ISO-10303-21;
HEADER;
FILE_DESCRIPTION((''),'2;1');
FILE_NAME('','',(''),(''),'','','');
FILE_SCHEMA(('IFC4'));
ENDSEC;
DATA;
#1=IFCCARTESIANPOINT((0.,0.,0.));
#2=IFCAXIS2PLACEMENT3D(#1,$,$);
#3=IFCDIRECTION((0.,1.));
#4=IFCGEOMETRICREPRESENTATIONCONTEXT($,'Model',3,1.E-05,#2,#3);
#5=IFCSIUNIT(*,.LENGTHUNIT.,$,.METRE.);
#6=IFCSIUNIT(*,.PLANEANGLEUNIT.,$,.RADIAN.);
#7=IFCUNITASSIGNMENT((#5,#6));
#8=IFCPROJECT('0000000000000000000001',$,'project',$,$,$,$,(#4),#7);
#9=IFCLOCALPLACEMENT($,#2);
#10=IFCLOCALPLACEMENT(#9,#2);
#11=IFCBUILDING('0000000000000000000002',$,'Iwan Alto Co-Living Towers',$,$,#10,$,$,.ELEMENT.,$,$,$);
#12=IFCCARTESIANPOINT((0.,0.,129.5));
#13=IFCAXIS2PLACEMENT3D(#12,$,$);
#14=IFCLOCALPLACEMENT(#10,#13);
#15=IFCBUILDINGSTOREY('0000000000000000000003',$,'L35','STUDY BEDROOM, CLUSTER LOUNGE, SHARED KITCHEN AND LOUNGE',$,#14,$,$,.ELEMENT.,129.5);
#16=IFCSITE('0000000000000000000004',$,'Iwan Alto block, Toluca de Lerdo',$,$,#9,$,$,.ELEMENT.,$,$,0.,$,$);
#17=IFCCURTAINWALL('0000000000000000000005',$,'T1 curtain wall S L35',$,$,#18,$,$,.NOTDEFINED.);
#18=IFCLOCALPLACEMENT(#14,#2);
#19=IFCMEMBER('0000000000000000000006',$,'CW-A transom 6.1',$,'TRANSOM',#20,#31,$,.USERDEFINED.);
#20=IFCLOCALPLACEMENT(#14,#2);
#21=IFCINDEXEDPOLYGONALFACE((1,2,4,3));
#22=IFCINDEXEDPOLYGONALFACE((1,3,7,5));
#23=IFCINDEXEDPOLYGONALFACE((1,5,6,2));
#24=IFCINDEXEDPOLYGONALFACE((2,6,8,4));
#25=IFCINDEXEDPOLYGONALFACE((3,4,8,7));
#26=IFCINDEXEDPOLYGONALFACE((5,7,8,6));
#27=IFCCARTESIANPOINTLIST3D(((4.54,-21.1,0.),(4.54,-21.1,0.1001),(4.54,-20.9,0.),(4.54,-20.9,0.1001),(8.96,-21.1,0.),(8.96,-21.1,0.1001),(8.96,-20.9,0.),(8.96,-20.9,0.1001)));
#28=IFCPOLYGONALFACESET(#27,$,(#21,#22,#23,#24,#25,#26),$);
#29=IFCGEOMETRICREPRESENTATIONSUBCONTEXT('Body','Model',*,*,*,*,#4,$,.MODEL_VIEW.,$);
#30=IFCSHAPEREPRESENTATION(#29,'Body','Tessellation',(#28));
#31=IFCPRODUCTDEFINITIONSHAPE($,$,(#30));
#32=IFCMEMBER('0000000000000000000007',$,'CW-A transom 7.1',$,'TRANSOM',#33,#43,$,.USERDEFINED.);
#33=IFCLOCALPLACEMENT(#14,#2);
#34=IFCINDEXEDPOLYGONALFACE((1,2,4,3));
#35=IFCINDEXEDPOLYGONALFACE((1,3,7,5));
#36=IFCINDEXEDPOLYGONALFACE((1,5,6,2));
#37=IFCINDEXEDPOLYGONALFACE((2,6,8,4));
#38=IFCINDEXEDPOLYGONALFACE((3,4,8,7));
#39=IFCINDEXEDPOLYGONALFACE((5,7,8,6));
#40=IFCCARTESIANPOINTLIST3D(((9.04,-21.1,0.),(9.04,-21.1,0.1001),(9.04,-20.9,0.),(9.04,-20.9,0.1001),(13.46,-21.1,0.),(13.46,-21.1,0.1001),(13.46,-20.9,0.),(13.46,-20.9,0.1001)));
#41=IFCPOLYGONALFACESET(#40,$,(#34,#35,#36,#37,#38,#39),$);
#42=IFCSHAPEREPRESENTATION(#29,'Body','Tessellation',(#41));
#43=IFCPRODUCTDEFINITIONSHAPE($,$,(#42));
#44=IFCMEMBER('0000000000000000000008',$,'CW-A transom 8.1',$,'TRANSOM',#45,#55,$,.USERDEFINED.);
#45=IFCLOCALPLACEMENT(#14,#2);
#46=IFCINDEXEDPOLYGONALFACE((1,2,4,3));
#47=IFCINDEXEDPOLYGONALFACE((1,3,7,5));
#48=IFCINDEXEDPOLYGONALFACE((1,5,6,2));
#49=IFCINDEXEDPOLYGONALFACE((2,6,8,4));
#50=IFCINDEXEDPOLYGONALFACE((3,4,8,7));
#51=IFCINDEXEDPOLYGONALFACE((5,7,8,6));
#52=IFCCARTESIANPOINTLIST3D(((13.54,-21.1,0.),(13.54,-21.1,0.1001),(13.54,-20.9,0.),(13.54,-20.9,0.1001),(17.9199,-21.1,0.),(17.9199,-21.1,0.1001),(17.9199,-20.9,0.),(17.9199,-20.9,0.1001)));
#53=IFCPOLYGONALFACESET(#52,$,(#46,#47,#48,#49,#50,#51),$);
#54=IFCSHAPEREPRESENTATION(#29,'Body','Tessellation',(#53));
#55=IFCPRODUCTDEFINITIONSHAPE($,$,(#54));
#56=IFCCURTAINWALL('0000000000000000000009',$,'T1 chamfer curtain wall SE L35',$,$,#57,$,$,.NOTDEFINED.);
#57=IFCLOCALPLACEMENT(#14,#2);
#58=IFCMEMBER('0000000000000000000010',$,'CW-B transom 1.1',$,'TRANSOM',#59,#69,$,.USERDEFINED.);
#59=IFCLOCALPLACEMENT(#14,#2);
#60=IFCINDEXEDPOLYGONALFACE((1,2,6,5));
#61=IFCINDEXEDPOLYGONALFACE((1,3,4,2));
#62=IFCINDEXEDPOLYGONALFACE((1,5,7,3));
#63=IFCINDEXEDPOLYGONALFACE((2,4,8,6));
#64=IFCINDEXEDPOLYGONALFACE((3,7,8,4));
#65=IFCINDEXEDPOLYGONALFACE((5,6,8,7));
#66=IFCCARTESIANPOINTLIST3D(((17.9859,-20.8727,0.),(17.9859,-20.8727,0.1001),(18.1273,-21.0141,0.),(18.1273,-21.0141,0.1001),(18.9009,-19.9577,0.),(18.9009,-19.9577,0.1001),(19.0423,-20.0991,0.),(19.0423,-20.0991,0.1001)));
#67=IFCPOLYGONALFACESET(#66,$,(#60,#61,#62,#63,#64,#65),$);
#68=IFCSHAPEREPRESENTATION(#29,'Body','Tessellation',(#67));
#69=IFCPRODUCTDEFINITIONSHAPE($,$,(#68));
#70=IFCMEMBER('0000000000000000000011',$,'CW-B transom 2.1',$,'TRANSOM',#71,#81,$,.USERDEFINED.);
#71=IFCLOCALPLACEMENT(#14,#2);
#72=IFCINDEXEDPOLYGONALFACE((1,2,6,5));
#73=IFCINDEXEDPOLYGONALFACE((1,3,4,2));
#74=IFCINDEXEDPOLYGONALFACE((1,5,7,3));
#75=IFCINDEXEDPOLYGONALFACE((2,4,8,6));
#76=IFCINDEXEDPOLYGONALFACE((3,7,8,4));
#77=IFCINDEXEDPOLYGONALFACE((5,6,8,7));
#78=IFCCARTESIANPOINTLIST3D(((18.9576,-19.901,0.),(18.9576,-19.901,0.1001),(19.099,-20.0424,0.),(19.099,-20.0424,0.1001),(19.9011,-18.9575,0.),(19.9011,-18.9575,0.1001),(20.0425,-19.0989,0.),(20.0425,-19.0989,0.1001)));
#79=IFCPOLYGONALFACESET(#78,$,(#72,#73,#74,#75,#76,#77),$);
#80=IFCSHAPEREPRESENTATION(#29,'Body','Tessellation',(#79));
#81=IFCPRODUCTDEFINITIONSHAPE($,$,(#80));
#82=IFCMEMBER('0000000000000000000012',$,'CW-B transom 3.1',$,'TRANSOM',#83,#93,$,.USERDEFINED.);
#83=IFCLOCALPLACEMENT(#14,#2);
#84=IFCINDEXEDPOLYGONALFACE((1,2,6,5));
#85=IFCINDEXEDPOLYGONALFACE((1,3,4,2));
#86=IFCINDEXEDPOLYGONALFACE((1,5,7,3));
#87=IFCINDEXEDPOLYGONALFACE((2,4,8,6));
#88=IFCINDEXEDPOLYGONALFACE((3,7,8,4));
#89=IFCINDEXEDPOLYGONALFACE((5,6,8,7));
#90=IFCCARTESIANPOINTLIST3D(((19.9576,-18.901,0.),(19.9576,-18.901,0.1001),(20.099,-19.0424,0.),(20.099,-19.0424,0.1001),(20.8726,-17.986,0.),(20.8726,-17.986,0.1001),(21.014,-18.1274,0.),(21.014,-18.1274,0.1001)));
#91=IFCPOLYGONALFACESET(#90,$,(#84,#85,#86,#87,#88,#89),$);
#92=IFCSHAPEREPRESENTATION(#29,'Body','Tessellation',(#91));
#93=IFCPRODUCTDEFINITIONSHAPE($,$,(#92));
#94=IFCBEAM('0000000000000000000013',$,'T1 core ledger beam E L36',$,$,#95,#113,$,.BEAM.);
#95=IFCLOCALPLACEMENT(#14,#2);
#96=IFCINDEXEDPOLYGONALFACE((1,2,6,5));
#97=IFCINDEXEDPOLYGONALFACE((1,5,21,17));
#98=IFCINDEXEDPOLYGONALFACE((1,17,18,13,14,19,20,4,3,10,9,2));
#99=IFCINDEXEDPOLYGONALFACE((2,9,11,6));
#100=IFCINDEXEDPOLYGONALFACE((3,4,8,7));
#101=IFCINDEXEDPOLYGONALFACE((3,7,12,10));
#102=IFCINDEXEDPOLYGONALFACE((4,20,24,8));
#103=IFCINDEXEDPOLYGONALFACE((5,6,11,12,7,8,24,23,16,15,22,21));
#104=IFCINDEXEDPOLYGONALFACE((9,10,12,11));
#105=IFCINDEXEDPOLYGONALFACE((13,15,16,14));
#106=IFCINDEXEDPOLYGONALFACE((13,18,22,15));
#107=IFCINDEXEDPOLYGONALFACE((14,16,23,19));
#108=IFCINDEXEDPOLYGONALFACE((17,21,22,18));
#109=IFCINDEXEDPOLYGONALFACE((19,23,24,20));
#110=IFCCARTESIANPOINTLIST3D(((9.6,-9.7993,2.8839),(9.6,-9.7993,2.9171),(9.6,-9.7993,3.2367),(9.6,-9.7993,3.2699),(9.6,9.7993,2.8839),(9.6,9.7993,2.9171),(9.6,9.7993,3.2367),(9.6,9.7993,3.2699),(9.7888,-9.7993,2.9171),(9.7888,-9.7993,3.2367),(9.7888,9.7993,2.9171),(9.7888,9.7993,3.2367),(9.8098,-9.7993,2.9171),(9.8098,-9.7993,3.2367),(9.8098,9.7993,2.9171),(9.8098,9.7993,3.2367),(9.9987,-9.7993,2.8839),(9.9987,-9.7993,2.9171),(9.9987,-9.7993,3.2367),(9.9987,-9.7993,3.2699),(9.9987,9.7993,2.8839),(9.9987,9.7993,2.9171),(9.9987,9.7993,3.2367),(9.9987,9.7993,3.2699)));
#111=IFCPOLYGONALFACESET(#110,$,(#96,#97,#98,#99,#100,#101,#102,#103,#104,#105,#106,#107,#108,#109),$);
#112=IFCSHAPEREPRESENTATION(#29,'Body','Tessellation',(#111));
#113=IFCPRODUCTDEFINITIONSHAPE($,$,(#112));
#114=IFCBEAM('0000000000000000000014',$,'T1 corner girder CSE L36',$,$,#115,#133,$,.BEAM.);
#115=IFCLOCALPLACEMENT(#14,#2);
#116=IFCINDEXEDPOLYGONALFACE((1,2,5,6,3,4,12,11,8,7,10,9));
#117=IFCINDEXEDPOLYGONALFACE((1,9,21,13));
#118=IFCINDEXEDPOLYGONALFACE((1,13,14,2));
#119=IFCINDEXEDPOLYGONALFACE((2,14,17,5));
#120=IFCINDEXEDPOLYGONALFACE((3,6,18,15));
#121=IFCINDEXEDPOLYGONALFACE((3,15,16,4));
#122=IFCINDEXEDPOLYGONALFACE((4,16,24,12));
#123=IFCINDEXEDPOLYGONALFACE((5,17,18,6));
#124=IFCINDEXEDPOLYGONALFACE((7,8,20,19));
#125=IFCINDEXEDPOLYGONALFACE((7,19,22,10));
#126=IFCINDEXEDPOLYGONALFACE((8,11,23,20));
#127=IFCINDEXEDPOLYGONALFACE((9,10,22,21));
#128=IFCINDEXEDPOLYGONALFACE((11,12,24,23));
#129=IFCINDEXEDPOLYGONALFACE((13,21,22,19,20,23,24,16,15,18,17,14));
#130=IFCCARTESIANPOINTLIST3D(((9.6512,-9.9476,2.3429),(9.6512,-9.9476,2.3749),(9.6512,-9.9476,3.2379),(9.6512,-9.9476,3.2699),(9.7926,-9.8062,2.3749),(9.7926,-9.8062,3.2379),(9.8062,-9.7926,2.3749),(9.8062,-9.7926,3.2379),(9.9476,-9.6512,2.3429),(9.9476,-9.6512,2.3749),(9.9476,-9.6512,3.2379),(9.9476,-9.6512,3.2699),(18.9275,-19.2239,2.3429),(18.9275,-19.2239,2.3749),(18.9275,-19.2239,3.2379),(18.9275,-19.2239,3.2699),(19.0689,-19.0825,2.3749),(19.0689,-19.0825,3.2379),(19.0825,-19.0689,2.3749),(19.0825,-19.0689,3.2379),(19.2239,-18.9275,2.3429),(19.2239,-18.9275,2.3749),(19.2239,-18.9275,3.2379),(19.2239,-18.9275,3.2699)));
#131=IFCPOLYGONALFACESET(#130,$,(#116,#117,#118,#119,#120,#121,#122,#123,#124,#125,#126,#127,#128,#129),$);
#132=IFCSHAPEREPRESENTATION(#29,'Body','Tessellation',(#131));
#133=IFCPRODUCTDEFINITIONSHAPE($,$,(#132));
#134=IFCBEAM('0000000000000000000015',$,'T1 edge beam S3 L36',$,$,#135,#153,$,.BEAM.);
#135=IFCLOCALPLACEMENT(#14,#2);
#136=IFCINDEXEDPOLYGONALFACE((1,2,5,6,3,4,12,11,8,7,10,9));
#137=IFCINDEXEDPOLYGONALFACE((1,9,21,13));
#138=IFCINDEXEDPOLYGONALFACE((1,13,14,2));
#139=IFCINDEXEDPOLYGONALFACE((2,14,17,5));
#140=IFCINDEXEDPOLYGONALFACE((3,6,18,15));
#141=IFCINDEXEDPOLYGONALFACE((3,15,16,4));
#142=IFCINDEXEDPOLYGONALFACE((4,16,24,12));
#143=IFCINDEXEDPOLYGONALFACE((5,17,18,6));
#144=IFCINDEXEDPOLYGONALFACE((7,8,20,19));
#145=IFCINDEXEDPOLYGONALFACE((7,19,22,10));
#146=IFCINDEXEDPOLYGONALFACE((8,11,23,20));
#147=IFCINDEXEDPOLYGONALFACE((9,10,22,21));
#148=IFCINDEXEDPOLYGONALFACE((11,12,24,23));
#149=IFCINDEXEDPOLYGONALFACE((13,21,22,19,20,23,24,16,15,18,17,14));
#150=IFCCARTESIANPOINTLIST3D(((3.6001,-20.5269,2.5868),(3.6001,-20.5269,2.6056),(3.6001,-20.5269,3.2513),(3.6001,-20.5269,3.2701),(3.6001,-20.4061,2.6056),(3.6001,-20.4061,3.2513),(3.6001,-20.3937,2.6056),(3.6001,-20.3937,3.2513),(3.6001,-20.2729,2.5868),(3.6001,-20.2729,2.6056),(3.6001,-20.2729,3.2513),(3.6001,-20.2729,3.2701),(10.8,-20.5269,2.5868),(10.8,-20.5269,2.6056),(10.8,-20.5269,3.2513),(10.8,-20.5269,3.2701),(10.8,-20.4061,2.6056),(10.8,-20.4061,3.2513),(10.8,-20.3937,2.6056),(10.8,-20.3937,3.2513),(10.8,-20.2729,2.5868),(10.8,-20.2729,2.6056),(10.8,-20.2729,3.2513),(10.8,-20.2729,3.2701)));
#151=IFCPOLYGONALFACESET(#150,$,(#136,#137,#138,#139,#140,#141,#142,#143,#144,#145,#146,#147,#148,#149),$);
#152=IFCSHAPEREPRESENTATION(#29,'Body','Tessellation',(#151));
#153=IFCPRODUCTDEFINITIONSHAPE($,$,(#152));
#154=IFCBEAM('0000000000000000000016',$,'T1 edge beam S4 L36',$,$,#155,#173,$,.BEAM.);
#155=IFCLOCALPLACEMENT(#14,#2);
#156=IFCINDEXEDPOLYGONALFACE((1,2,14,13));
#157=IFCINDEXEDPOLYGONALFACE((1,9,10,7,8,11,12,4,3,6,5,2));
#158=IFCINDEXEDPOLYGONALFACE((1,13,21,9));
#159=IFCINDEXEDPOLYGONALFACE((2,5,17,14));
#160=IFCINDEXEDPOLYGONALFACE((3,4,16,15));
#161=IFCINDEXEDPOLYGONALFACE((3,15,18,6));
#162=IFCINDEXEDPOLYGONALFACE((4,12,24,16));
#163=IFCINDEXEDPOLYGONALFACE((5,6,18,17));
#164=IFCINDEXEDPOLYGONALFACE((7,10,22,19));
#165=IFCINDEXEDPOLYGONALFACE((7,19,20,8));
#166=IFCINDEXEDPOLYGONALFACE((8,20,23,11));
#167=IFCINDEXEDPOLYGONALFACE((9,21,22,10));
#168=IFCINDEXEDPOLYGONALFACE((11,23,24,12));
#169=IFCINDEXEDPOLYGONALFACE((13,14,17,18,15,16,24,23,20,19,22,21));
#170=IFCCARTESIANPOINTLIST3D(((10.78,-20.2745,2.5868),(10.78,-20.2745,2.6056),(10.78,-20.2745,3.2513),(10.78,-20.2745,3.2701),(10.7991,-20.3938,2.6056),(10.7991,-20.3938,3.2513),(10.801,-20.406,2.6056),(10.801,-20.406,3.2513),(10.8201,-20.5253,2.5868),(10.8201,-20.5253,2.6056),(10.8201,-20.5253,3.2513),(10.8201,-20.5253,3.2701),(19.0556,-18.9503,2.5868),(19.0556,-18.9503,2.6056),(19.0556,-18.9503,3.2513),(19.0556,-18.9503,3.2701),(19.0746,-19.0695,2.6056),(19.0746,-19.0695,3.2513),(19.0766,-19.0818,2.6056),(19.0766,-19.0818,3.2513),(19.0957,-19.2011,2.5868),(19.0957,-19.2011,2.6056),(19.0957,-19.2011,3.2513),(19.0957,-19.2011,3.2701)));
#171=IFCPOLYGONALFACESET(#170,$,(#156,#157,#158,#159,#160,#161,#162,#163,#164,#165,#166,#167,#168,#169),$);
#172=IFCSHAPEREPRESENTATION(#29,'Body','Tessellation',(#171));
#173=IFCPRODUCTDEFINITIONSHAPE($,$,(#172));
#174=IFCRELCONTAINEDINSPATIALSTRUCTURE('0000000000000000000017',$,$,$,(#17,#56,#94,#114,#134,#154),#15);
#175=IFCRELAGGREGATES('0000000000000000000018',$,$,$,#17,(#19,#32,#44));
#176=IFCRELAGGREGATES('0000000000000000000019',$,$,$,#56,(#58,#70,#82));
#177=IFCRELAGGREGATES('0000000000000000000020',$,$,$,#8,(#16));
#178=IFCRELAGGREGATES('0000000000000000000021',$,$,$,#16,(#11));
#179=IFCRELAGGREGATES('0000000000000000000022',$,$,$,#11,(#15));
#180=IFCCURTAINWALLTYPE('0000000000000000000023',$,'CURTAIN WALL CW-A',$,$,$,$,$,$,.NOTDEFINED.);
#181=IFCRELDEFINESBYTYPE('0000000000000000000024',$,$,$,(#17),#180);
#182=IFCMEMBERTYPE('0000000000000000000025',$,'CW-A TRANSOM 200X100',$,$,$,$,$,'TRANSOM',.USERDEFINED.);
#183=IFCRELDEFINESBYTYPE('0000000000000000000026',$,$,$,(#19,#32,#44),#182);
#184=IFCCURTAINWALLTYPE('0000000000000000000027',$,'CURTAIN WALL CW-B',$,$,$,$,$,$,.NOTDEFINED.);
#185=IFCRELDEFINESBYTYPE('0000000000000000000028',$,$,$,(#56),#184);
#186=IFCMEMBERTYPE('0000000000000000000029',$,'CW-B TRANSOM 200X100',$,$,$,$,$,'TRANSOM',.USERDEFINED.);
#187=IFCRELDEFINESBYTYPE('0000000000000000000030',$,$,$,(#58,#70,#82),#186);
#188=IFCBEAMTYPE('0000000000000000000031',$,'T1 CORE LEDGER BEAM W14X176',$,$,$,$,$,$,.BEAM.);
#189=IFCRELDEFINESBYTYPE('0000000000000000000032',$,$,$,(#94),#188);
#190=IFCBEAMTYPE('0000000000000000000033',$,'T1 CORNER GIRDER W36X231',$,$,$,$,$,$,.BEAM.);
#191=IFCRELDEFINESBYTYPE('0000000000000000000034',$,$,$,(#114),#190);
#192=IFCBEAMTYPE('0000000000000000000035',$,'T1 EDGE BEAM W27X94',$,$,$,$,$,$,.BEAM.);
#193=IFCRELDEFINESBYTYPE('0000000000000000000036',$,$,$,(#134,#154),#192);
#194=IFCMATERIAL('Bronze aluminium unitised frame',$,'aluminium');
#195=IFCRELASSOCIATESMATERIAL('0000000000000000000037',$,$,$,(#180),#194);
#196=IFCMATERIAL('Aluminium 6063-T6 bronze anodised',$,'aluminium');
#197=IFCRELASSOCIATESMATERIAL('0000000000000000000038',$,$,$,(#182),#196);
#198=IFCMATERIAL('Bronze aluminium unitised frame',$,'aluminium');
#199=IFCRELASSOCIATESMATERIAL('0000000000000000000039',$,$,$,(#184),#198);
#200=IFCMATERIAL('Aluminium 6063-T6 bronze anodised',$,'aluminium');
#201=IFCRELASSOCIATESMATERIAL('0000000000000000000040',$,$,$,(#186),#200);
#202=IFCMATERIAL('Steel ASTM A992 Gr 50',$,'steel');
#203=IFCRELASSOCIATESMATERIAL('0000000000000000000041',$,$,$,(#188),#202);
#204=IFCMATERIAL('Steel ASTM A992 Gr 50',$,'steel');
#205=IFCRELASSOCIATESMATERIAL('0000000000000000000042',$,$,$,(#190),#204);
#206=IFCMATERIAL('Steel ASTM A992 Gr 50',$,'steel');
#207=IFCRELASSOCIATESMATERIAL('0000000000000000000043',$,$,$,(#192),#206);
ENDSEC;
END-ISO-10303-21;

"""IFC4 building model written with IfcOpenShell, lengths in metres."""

from ifc_helpers import new_model, si_unit, direction, frame, origin, origin_2d, place, context, subcontext, project, spatial, rectangle, i_section, extrude, material, material_profile, profile_set, type_object, element, aggregate, save


model = new_model("IFC4")

# Units and contexts
model_context = context("Model", 3, precision=1e-05, world=origin(), true_north=direction((0.0, 1.0)))
body_context = subcontext(model_context, "Body", "Model", "MODEL_VIEW")
ifc_project = project(units=[si_unit("LENGTHUNIT", "METRE"), si_unit("PLANEANGLEUNIT", "RADIAN")], contexts=[model_context])

# Site, building, storey
site_placement = place(None, origin())
site = spatial("IfcSite", under=ifc_project, at=site_placement, Name="Iwan Alto block, Toluca de Lerdo", CompositionType="ELEMENT", RefElevation=0.0)
building_placement = place(site_placement, origin())
building = spatial("IfcBuilding", under=site, at=building_placement, Name="Iwan Alto Co-Living Towers", CompositionType="ELEMENT")
storey_placement = place(building_placement, frame((0.0, 0.0, 129.5)))
storey = spatial("IfcBuildingStorey", under=building, at=storey_placement, Name="L35", Description="STUDY BEDROOM, CLUSTER LOUNGE, SHARED KITCHEN AND LOUNGE", CompositionType="ELEMENT", Elevation=129.5)

# Curtain walls, members
ifc_material_1 = material(Name="Bronze aluminium unitised frame", Category="aluminium")
curtain_wall_type_1 = type_object("IfcCurtainWallType", Name="CURTAIN WALL CW-A", PredefinedType="NOTDEFINED", material=ifc_material_1)
curtain_wall_1_placement = place(storey_placement, origin())
curtain_wall_1 = element("IfcCurtainWall", 1, at=curtain_wall_1_placement, inside=storey, type_object=curtain_wall_type_1, Name="T1 curtain wall S L35", PredefinedType="NOTDEFINED")
ifc_material_2 = material(Name="Aluminium 6063-T6 bronze anodised", Category="aluminium")
ifc_material_profile_1 = material_profile(ifc_material_2, rectangle(XDim=0.2, YDim=0.1001, at=origin_2d()), Name="AL 200X100")
ifc_profile_set_1 = profile_set([ifc_material_profile_1], Name="Aluminium 6063-T6 bronze anodised")
member_type_1 = type_object("IfcMemberType", Name="CW-A TRANSOM 200X100", ElementType="TRANSOM", PredefinedType="USERDEFINED", material=ifc_profile_set_1)
member_1_placement = place(storey_placement, frame((4.54, -21.0, 0.05), z_axis=(1.0, 0.0, 0.0), x_axis=(0.0, 1.0, 0.0)))
member_1 = element("IfcMember", 2, at=member_1_placement, type_object=member_type_1, Name="CW-A transom 6.1", ObjectType="TRANSOM", PredefinedType="USERDEFINED", context=body_context, shape_type="SweptSolid", body=[
    extrude(rectangle(XDim=0.2, YDim=0.1001, at=origin_2d()), origin(), (0.0, 0.0, 1.0), 4.4199),
])
member_2_placement = place(storey_placement, frame((9.04, -21.0, 0.05), z_axis=(1.0, 0.0, 0.0), x_axis=(0.0, 1.0, 0.0)))
member_2 = element("IfcMember", 3, at=member_2_placement, type_object=member_type_1, Name="CW-A transom 7.1", ObjectType="TRANSOM", PredefinedType="USERDEFINED", context=body_context, shape_type="SweptSolid", body=[
    extrude(rectangle(XDim=0.2, YDim=0.1001, at=origin_2d()), origin(), (0.0, 0.0, 1.0), 4.4199),
])
member_3_placement = place(storey_placement, frame((13.54, -21.0, 0.05), z_axis=(1.0, 0.0, 0.0), x_axis=(0.0, 1.0, 0.0)))
member_3 = element("IfcMember", 4, at=member_3_placement, type_object=member_type_1, Name="CW-A transom 8.1", ObjectType="TRANSOM", PredefinedType="USERDEFINED", context=body_context, shape_type="SweptSolid", body=[
    extrude(rectangle(XDim=0.2, YDim=0.1001, at=origin_2d()), origin(), (0.0, 0.0, 1.0), 4.3799),
])
ifc_material_3 = material(Name="Bronze aluminium unitised frame", Category="aluminium")
curtain_wall_type_2 = type_object("IfcCurtainWallType", Name="CURTAIN WALL CW-B", PredefinedType="NOTDEFINED", material=ifc_material_3)
curtain_wall_2_placement = place(storey_placement, origin())
curtain_wall_2 = element("IfcCurtainWall", 5, at=curtain_wall_2_placement, inside=storey, type_object=curtain_wall_type_2, Name="T1 chamfer curtain wall SE L35", PredefinedType="NOTDEFINED")
ifc_material_4 = material(Name="Aluminium 6063-T6 bronze anodised", Category="aluminium")
ifc_material_profile_2 = material_profile(ifc_material_4, rectangle(XDim=0.2, YDim=0.1001, at=origin_2d()), Name="AL 200X100")
ifc_profile_set_2 = profile_set([ifc_material_profile_2], Name="Aluminium 6063-T6 bronze anodised")
member_type_2 = type_object("IfcMemberType", Name="CW-B TRANSOM 200X100", ElementType="TRANSOM", PredefinedType="USERDEFINED", material=ifc_profile_set_2)
member_4_placement = place(storey_placement, frame((18.0566, -20.9434, 0.05), z_axis=(0.707107, 0.707107, 0.0), x_axis=(-0.707107, 0.707107, 0.0)))
member_4 = element("IfcMember", 6, at=member_4_placement, type_object=member_type_2, Name="CW-B transom 1.1", ObjectType="TRANSOM", PredefinedType="USERDEFINED", context=body_context, shape_type="SweptSolid", body=[
    extrude(rectangle(XDim=0.2, YDim=0.1001, at=origin_2d()), origin(), (0.0, 0.0, 1.0), 1.2939),
])
member_5_placement = place(storey_placement, frame((19.0283, -19.9717, 0.05), z_axis=(0.707107, 0.707107, 0.0), x_axis=(-0.707107, 0.707107, 0.0)))
member_5 = element("IfcMember", 7, at=member_5_placement, type_object=member_type_2, Name="CW-B transom 2.1", ObjectType="TRANSOM", PredefinedType="USERDEFINED", context=body_context, shape_type="SweptSolid", body=[
    extrude(rectangle(XDim=0.2, YDim=0.1001, at=origin_2d()), origin(), (0.0, 0.0, 1.0), 1.3342),
])
member_6_placement = place(storey_placement, frame((20.0283, -18.9717, 0.05), z_axis=(0.707107, 0.707107, 0.0), x_axis=(-0.707107, 0.707107, 0.0)))
member_6 = element("IfcMember", 8, at=member_6_placement, type_object=member_type_2, Name="CW-B transom 3.1", ObjectType="TRANSOM", PredefinedType="USERDEFINED", context=body_context, shape_type="SweptSolid", body=[
    extrude(rectangle(XDim=0.2, YDim=0.1001, at=origin_2d()), origin(), (0.0, 0.0, 1.0), 1.2939),
])

# Beams
ifc_material_5 = material(Name="Steel ASTM A992 Gr 50", Category="steel")
ifc_material_profile_3 = material_profile(ifc_material_5, i_section(OverallWidth=0.3987, OverallDepth=0.386, WebThickness=0.021, FlangeThickness=0.0332, at=origin_2d()), Name="W14X176")
ifc_profile_set_3 = profile_set([ifc_material_profile_3], Name="Steel ASTM A992 Gr 50")
beam_type_1 = type_object("IfcBeamType", Name="T1 CORE LEDGER BEAM W14X176", PredefinedType="BEAM", material=ifc_profile_set_3)
beam_1_placement = place(storey_placement, frame((9.7993, -9.7993, 3.0769), z_axis=(0.0, 1.0, 0.0), x_axis=(-1.0, 0.0, 0.0)))
element("IfcBeam", 9, at=beam_1_placement, inside=storey, type_object=beam_type_1, Name="T1 core ledger beam E L36", PredefinedType="BEAM", context=body_context, shape_type="SweptSolid", body=[
    extrude(i_section(OverallWidth=0.3987, OverallDepth=0.386, WebThickness=0.021, FlangeThickness=0.0332, at=origin_2d()), origin(), (0.0, 0.0, 1.0), 19.5986),
])
ifc_material_6 = material(Name="Steel ASTM A992 Gr 50", Category="steel")
ifc_material_profile_4 = material_profile(ifc_material_6, i_section(OverallWidth=0.4192, OverallDepth=0.927, WebThickness=0.0193, FlangeThickness=0.032, at=origin_2d()), Name="W36X231")
ifc_profile_set_4 = profile_set([ifc_material_profile_4], Name="Steel ASTM A992 Gr 50")
beam_type_2 = type_object("IfcBeamType", Name="T1 CORNER GIRDER W36X231", PredefinedType="BEAM", material=ifc_profile_set_4)
beam_2_placement = place(storey_placement, frame((19.0757, -19.0757, 2.8064), z_axis=(-0.707107, 0.707107, 0.0), x_axis=(-0.707107, -0.707107, 0.0)))
element("IfcBeam", 10, at=beam_2_placement, inside=storey, type_object=beam_type_2, Name="T1 corner girder CSE L36", PredefinedType="BEAM", context=body_context, shape_type="SweptSolid", body=[
    extrude(i_section(OverallWidth=0.4192, OverallDepth=0.927, WebThickness=0.0193, FlangeThickness=0.032, at=origin_2d()), origin(), (0.0, 0.0, 1.0), 13.1187),
])
ifc_material_7 = material(Name="Steel ASTM A992 Gr 50", Category="steel")
ifc_material_profile_5 = material_profile(ifc_material_7, i_section(OverallWidth=0.2539, OverallDepth=0.6833, WebThickness=0.0125, FlangeThickness=0.0188, at=origin_2d()), Name="W27X94")
ifc_profile_set_5 = profile_set([ifc_material_profile_5], Name="Steel ASTM A992 Gr 50")
beam_type_3 = type_object("IfcBeamType", Name="T1 EDGE BEAM W27X94", PredefinedType="BEAM", material=ifc_profile_set_5)
beam_3_placement = place(storey_placement, frame((3.6001, -20.3999, 2.9285), z_axis=(1.0, 0.0, 0.0), x_axis=(0.0, 1.0, 0.0)))
element("IfcBeam", 11, at=beam_3_placement, inside=storey, type_object=beam_type_3, Name="T1 edge beam S3 L36", PredefinedType="BEAM", context=body_context, shape_type="SweptSolid", body=[
    extrude(i_section(OverallWidth=0.2539, OverallDepth=0.6833, WebThickness=0.0125, FlangeThickness=0.0188, at=origin_2d()), origin(), (0.0, 0.0, 1.0), 7.2),
])
for number, where, z_axis, x_axis, name in (
    (12, (10.8, -20.3999, 2.9285), (0.987438, 0.158004, 0.0), (-0.158004, 0.987438, 0.0), "T1 edge beam S4 L36"),
):
    element("IfcBeam", number, at=place(storey_placement, frame(where, z_axis=z_axis, x_axis=x_axis)), inside=storey, type_object=beam_type_3, Name=name, PredefinedType="BEAM", context=body_context, shape_type="SweptSolid", body=[
        extrude(i_section(OverallWidth=0.2539, OverallDepth=0.6833, WebThickness=0.0125, FlangeThickness=0.0188, at=origin_2d()), origin(), (0.0, 0.0, 1.0), 8.3809),
    ])

aggregate(curtain_wall_1, [member_1, member_2, member_3])
aggregate(curtain_wall_2, [member_4, member_5, member_6])

save(model, "model.ifc")
